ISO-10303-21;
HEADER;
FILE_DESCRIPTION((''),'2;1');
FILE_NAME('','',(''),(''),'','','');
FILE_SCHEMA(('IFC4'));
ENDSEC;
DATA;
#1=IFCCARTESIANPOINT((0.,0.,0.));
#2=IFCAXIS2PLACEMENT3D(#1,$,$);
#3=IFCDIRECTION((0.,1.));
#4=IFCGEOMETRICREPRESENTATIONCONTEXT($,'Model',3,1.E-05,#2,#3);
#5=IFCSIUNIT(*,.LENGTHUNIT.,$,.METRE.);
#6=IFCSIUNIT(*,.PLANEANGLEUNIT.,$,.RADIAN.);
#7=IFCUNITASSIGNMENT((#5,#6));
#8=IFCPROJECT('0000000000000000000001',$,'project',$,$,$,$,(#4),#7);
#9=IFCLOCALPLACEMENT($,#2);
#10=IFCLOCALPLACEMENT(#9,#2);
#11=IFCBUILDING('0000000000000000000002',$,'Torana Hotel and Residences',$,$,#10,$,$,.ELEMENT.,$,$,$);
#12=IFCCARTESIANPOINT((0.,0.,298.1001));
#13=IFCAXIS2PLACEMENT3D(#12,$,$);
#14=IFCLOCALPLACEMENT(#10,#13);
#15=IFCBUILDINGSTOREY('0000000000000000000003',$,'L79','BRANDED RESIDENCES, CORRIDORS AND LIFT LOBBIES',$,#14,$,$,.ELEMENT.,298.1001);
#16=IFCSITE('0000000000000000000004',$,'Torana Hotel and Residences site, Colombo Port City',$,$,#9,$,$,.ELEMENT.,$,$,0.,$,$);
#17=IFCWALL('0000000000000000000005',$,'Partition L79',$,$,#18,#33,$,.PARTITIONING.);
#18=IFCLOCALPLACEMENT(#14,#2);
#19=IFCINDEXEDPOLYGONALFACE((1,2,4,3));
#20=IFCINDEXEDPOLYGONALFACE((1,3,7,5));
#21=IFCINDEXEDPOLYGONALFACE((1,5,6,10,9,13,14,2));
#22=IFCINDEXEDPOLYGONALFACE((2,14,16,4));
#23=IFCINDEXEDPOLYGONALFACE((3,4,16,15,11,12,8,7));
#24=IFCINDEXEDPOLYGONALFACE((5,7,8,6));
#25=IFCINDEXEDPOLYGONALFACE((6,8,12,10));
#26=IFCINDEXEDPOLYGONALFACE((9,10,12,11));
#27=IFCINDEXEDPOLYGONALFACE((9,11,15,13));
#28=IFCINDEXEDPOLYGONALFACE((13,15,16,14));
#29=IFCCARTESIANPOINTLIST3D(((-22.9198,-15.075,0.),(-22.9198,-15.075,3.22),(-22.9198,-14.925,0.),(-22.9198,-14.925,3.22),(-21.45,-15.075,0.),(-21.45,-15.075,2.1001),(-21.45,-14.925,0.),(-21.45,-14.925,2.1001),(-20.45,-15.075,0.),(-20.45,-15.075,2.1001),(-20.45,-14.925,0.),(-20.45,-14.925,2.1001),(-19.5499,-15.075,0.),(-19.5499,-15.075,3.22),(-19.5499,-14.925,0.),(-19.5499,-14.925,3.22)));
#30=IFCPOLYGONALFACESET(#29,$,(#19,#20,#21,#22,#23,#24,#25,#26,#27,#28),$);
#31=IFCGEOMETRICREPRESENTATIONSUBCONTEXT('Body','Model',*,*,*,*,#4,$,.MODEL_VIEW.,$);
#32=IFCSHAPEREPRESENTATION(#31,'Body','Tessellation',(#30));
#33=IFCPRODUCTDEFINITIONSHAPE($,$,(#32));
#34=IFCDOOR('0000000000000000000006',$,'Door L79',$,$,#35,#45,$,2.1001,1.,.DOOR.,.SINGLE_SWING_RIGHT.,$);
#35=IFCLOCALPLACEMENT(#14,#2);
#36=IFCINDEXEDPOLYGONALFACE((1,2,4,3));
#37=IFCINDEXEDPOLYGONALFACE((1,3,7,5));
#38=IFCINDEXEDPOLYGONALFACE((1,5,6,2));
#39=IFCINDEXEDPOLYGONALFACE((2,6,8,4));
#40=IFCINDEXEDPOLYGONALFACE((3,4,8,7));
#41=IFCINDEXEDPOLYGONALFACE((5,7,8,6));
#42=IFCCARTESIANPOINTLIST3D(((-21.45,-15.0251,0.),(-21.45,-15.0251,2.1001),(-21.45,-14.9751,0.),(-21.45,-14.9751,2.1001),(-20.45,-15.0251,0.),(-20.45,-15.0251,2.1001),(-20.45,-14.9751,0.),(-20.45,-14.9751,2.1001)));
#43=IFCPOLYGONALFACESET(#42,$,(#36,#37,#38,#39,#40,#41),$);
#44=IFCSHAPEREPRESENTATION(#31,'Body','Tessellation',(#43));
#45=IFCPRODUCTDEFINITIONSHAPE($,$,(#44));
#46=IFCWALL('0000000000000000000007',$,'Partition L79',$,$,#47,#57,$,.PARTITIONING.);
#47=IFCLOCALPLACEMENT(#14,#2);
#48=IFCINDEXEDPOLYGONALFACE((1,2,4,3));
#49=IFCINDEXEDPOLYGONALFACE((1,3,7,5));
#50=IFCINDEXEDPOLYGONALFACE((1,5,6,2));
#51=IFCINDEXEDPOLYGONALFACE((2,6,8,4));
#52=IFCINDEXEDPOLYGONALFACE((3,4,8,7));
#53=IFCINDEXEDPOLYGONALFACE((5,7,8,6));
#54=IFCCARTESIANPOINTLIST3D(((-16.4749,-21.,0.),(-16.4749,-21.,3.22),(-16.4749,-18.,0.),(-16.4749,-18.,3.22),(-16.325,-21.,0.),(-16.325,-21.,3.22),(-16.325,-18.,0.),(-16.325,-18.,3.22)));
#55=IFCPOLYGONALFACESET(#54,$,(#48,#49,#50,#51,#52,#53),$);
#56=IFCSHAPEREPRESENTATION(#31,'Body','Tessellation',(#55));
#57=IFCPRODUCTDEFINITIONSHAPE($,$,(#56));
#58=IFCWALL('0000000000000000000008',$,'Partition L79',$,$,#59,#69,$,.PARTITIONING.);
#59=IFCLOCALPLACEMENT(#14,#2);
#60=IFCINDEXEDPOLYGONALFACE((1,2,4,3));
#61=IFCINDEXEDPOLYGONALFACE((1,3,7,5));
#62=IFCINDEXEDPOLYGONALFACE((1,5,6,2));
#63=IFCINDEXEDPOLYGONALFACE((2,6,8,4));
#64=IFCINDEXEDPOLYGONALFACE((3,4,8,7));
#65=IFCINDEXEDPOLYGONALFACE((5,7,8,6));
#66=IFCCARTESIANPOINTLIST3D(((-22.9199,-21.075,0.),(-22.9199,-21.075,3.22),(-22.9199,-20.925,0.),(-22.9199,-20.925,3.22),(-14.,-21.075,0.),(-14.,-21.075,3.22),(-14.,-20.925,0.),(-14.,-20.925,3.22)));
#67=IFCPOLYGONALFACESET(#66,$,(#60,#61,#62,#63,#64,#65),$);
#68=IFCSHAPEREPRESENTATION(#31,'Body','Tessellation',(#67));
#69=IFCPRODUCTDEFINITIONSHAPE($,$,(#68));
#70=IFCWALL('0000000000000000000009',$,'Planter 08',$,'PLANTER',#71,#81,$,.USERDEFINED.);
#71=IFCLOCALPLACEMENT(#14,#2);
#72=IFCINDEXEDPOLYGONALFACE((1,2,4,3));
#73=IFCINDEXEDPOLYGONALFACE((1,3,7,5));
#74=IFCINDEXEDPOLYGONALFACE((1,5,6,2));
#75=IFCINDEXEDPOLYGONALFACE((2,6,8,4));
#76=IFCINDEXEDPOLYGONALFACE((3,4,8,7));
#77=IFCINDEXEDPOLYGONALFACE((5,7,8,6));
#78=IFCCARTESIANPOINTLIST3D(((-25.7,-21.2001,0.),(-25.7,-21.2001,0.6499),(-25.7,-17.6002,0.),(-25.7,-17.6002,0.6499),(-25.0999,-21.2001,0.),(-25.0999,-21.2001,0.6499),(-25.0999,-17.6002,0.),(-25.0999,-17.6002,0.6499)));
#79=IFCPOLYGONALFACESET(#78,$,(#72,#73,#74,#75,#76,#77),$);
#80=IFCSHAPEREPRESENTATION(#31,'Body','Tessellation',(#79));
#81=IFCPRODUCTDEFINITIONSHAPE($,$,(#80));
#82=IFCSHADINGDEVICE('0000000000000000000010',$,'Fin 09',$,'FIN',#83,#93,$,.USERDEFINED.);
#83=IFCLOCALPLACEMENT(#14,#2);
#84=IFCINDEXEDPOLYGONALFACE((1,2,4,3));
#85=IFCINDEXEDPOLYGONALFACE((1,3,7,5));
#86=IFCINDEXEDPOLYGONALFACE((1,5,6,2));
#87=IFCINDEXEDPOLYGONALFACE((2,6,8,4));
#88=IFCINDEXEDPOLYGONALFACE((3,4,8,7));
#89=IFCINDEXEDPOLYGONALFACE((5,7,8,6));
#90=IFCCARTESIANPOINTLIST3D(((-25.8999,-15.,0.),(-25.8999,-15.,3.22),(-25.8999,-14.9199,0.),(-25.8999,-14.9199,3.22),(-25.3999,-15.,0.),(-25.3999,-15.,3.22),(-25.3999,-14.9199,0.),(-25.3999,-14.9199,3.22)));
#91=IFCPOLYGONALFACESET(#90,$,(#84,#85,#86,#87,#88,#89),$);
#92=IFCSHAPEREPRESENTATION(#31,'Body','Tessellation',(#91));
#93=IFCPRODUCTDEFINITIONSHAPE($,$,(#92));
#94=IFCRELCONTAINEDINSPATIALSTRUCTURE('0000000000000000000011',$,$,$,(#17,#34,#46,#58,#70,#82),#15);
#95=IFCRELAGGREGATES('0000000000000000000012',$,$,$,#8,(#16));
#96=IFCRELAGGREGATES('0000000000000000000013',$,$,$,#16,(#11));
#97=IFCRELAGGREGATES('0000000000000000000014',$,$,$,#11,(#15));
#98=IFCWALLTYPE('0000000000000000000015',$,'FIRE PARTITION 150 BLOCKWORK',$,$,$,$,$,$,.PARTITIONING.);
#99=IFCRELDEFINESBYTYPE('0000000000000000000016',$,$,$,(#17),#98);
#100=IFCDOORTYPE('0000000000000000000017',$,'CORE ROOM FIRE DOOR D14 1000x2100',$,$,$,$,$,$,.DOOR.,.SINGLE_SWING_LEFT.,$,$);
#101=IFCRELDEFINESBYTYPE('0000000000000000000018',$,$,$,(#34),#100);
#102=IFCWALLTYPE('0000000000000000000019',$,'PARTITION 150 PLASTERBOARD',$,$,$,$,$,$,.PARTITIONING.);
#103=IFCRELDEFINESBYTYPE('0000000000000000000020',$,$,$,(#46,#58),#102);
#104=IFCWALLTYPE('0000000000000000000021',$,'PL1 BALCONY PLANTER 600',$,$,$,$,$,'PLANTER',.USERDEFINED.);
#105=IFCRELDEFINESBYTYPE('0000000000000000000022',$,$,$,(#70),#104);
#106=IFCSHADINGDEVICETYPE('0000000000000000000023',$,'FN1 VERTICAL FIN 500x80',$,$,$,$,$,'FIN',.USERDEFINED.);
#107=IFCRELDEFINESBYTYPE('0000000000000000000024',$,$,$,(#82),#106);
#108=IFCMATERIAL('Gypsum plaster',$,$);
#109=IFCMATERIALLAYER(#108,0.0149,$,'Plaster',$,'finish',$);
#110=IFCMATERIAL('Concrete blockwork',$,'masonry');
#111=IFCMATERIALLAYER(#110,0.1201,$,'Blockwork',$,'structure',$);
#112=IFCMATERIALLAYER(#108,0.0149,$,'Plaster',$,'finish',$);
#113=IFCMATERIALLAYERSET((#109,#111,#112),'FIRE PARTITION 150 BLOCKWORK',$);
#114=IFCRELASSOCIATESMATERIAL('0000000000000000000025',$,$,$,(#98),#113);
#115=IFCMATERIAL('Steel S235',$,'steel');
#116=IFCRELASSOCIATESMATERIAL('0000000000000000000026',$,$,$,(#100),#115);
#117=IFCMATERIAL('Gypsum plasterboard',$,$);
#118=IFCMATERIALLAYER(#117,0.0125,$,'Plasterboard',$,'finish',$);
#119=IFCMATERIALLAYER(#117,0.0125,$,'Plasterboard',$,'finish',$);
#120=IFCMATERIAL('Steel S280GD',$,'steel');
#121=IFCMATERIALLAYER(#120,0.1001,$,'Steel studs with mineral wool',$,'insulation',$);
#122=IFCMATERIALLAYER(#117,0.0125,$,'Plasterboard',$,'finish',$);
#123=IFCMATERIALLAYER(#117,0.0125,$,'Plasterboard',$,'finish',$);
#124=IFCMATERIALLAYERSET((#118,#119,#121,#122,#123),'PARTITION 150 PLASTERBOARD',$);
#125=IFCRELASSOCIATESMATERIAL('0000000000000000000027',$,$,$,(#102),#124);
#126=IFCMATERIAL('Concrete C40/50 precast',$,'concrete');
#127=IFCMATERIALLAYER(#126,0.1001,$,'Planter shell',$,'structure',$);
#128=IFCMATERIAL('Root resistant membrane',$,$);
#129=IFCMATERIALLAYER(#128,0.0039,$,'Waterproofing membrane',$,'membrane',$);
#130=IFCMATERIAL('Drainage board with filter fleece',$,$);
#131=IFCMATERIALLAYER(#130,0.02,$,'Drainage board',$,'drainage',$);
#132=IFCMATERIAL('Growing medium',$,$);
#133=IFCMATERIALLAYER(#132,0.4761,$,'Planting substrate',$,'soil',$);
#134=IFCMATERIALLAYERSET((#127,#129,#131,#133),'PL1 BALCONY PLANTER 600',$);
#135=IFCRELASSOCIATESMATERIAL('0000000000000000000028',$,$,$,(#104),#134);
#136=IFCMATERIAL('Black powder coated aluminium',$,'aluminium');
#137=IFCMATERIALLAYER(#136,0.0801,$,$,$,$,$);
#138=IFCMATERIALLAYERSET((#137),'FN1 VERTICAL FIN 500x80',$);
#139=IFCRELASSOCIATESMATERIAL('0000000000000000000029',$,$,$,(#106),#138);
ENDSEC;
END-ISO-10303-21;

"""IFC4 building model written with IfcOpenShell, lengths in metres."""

from ifc_helpers import new_model, si_unit, direction, frame, frame_2d, origin, origin_2d, place, context, subcontext, project, spatial, rectangle, extrude, material, layer, layer_set, type_object, element, fill, save


model = new_model("IFC4")

# Units and contexts
model_context = context("Model", 3, precision=1e-05, world=origin(), true_north=direction((0.0, 1.0)))
body_context = subcontext(model_context, "Body", "Model", "MODEL_VIEW")
ifc_project = project(units=[si_unit("LENGTHUNIT", "METRE"), si_unit("PLANEANGLEUNIT", "RADIAN")], contexts=[model_context])

# Site, building, storey
site_placement = place(None, origin())
site = spatial("IfcSite", under=ifc_project, at=site_placement, Name="Torana Hotel and Residences site, Colombo Port City", CompositionType="ELEMENT", RefElevation=0.0)
building_placement = place(site_placement, origin())
building = spatial("IfcBuilding", under=site, at=building_placement, Name="Torana Hotel and Residences", CompositionType="ELEMENT")
storey_placement = place(building_placement, frame((0.0, 0.0, 298.1001)))
storey = spatial("IfcBuildingStorey", under=building, at=storey_placement, Name="L79", Description="BRANDED RESIDENCES, CORRIDORS AND LIFT LOBBIES", CompositionType="ELEMENT", Elevation=298.1001)

# Shared definitions
ifc_material_1 = material(Name="Gypsum plaster")
ifc_layer_1 = layer(ifc_material_1, 0.0149, Name="Plaster", Category="finish")
ifc_material_2 = material(Name="Concrete blockwork", Category="masonry")
ifc_layer_2 = layer(ifc_material_2, 0.1201, Name="Blockwork", Category="structure")
ifc_layer_3 = layer(ifc_material_1, 0.0149, Name="Plaster", Category="finish")
ifc_layer_set_1 = layer_set([ifc_layer_1, ifc_layer_2, ifc_layer_3], Name="FIRE PARTITION 150 BLOCKWORK")
wall_type_1 = type_object("IfcWallType", Name="FIRE PARTITION 150 BLOCKWORK", PredefinedType="PARTITIONING", material=ifc_layer_set_1)

# Wall, opening, door
wall_1_placement = place(storey_placement, frame((-22.9199, -15.0, 0.0), z_axis=(0.0, 0.0, 1.0), x_axis=(1.0, 0.0, 0.0)))
wall_1 = element("IfcWall", 1, at=wall_1_placement, inside=storey, type_object=wall_type_1, Name="Partition L79", PredefinedType="PARTITIONING", context=body_context, shape_type="SweptSolid", body=[
    extrude(rectangle(XDim=3.3699, YDim=0.1499, at=frame_2d((1.6851, 0.0))), origin(), (0.0, 0.0, 1.0), 3.22),
])
opening_1_placement = place(wall_1_placement, frame((1.47, 0.0, 0.0)))
opening_1 = element("IfcOpeningElement", 2, at=opening_1_placement, cuts=wall_1, PredefinedType="OPENING", context=body_context, shape_type="SweptSolid", body=[
    extrude(rectangle(XDim=1.0, YDim=2.1001, at=frame_2d((0.5, 1.05))), frame((0.0, 0.085, 0.0), z_axis=(0.0, -1.0, 0.0), x_axis=(1.0, 0.0, 0.0)), (0.0, 0.0, 1.0), 0.1699),
])
ifc_material_3 = material(Name="Steel S235", Category="steel")
door_type_1 = type_object("IfcDoorType", Name="CORE ROOM FIRE DOOR D14 1000x2100", OperationType="SINGLE_SWING_LEFT", PredefinedType="DOOR", material=ifc_material_3)
door_1_placement = place(opening_1_placement, origin())
door_1 = element("IfcDoor", 3, at=door_1_placement, inside=storey, type_object=door_type_1, Name="Door L79", OperationType="SINGLE_SWING_RIGHT", OverallHeight=2.1001, OverallWidth=1.0, PredefinedType="DOOR", context=body_context, shape_type="SweptSolid", body=[
    extrude(rectangle(XDim=1.0, YDim=2.1001, at=frame_2d((0.5, 1.05))), frame((0.0, 0.0249, 0.0), z_axis=(0.0, -1.0, 0.0), x_axis=(1.0, 0.0, 0.0)), (0.0, 0.0, 1.0), 0.05),
])
fill(opening_1, door_1)

# Walls
ifc_material_4 = material(Name="Gypsum plasterboard")
ifc_layer_4 = layer(ifc_material_4, 0.0125, Name="Plasterboard", Category="finish")
ifc_layer_5 = layer(ifc_material_4, 0.0125, Name="Plasterboard", Category="finish")
ifc_material_5 = material(Name="Steel S280GD", Category="steel")
ifc_layer_6 = layer(ifc_material_5, 0.1001, Name="Steel studs with mineral wool", Category="insulation")
ifc_layer_7 = layer(ifc_material_4, 0.0125, Name="Plasterboard", Category="finish")
ifc_layer_8 = layer(ifc_material_4, 0.0125, Name="Plasterboard", Category="finish")
ifc_layer_set_2 = layer_set([ifc_layer_4, ifc_layer_5, ifc_layer_6, ifc_layer_7, ifc_layer_8], Name="PARTITION 150 PLASTERBOARD")
wall_type_2 = type_object("IfcWallType", Name="PARTITION 150 PLASTERBOARD", PredefinedType="PARTITIONING", material=ifc_layer_set_2)
wall_2_placement = place(storey_placement, frame((-16.3999, -21.0, 0.0), z_axis=(0.0, 0.0, 1.0), x_axis=(0.0, 1.0, 0.0)))
element("IfcWall", 4, at=wall_2_placement, inside=storey, type_object=wall_type_2, Name="Partition L79", PredefinedType="PARTITIONING", context=body_context, shape_type="SweptSolid", body=[
    extrude(rectangle(XDim=3.0, YDim=0.1499, at=frame_2d((1.5, 0.0))), origin(), (0.0, 0.0, 1.0), 3.22),
])
wall_3_placement = place(storey_placement, frame((-22.9199, -21.0, 0.0), z_axis=(0.0, 0.0, 1.0), x_axis=(1.0, 0.0, 0.0)))
element("IfcWall", 5, at=wall_3_placement, inside=storey, type_object=wall_type_2, Name="Partition L79", PredefinedType="PARTITIONING", context=body_context, shape_type="SweptSolid", body=[
    extrude(rectangle(XDim=8.9199, YDim=0.1499, at=frame_2d((4.46, 0.0))), origin(), (0.0, 0.0, 1.0), 3.22),
])
ifc_material_6 = material(Name="Concrete C40/50 precast", Category="concrete")
ifc_layer_9 = layer(ifc_material_6, 0.1001, Name="Planter shell", Category="structure")
ifc_material_7 = material(Name="Root resistant membrane")
ifc_layer_10 = layer(ifc_material_7, 0.0039, Name="Waterproofing membrane", Category="membrane")
ifc_material_8 = material(Name="Drainage board with filter fleece")
ifc_layer_11 = layer(ifc_material_8, 0.02, Name="Drainage board", Category="drainage")
ifc_material_9 = material(Name="Growing medium")
ifc_layer_12 = layer(ifc_material_9, 0.4761, Name="Planting substrate", Category="soil")
ifc_layer_set_3 = layer_set([ifc_layer_9, ifc_layer_10, ifc_layer_11, ifc_layer_12], Name="PL1 BALCONY PLANTER 600")
wall_type_3 = type_object("IfcWallType", Name="PL1 BALCONY PLANTER 600", ElementType="PLANTER", PredefinedType="USERDEFINED", material=ifc_layer_set_3)
wall_4_placement = place(storey_placement, frame((-25.3999, -21.2, 0.0), z_axis=(0.0, 0.0, 1.0), x_axis=(0.0, 1.0, 0.0)))
element("IfcWall", 6, at=wall_4_placement, inside=storey, type_object=wall_type_3, Name="Planter 08", ObjectType="PLANTER", PredefinedType="USERDEFINED", context=body_context, shape_type="SweptSolid", body=[
    extrude(rectangle(XDim=3.5999, YDim=0.6001, at=frame_2d((1.7998, 0.0))), origin(), (0.0, 0.0, 1.0), 0.6499),
])

# Shading device
ifc_material_10 = material(Name="Black powder coated aluminium", Category="aluminium")
ifc_layer_13 = layer(ifc_material_10, 0.0801)
ifc_layer_set_4 = layer_set([ifc_layer_13], Name="FN1 VERTICAL FIN 500x80")
shading_device_type = type_object("IfcShadingDeviceType", Name="FN1 VERTICAL FIN 500x80", ElementType="FIN", PredefinedType="USERDEFINED", material=ifc_layer_set_4)
shading_device_placement = place(storey_placement, frame((-25.6499, -14.96, 0.0), z_axis=(0.0, 0.0, 1.0), x_axis=(0.0, 1.0, 0.0)))
element("IfcShadingDevice", 7, at=shading_device_placement, inside=storey, type_object=shading_device_type, Name="Fin 09", ObjectType="FIN", PredefinedType="USERDEFINED", context=body_context, shape_type="SweptSolid", body=[
    extrude(rectangle(XDim=0.0801, YDim=0.5, at=origin_2d()), origin(), (0.0, 0.0, 1.0), 3.22),
])

save(model, "model.ifc")
